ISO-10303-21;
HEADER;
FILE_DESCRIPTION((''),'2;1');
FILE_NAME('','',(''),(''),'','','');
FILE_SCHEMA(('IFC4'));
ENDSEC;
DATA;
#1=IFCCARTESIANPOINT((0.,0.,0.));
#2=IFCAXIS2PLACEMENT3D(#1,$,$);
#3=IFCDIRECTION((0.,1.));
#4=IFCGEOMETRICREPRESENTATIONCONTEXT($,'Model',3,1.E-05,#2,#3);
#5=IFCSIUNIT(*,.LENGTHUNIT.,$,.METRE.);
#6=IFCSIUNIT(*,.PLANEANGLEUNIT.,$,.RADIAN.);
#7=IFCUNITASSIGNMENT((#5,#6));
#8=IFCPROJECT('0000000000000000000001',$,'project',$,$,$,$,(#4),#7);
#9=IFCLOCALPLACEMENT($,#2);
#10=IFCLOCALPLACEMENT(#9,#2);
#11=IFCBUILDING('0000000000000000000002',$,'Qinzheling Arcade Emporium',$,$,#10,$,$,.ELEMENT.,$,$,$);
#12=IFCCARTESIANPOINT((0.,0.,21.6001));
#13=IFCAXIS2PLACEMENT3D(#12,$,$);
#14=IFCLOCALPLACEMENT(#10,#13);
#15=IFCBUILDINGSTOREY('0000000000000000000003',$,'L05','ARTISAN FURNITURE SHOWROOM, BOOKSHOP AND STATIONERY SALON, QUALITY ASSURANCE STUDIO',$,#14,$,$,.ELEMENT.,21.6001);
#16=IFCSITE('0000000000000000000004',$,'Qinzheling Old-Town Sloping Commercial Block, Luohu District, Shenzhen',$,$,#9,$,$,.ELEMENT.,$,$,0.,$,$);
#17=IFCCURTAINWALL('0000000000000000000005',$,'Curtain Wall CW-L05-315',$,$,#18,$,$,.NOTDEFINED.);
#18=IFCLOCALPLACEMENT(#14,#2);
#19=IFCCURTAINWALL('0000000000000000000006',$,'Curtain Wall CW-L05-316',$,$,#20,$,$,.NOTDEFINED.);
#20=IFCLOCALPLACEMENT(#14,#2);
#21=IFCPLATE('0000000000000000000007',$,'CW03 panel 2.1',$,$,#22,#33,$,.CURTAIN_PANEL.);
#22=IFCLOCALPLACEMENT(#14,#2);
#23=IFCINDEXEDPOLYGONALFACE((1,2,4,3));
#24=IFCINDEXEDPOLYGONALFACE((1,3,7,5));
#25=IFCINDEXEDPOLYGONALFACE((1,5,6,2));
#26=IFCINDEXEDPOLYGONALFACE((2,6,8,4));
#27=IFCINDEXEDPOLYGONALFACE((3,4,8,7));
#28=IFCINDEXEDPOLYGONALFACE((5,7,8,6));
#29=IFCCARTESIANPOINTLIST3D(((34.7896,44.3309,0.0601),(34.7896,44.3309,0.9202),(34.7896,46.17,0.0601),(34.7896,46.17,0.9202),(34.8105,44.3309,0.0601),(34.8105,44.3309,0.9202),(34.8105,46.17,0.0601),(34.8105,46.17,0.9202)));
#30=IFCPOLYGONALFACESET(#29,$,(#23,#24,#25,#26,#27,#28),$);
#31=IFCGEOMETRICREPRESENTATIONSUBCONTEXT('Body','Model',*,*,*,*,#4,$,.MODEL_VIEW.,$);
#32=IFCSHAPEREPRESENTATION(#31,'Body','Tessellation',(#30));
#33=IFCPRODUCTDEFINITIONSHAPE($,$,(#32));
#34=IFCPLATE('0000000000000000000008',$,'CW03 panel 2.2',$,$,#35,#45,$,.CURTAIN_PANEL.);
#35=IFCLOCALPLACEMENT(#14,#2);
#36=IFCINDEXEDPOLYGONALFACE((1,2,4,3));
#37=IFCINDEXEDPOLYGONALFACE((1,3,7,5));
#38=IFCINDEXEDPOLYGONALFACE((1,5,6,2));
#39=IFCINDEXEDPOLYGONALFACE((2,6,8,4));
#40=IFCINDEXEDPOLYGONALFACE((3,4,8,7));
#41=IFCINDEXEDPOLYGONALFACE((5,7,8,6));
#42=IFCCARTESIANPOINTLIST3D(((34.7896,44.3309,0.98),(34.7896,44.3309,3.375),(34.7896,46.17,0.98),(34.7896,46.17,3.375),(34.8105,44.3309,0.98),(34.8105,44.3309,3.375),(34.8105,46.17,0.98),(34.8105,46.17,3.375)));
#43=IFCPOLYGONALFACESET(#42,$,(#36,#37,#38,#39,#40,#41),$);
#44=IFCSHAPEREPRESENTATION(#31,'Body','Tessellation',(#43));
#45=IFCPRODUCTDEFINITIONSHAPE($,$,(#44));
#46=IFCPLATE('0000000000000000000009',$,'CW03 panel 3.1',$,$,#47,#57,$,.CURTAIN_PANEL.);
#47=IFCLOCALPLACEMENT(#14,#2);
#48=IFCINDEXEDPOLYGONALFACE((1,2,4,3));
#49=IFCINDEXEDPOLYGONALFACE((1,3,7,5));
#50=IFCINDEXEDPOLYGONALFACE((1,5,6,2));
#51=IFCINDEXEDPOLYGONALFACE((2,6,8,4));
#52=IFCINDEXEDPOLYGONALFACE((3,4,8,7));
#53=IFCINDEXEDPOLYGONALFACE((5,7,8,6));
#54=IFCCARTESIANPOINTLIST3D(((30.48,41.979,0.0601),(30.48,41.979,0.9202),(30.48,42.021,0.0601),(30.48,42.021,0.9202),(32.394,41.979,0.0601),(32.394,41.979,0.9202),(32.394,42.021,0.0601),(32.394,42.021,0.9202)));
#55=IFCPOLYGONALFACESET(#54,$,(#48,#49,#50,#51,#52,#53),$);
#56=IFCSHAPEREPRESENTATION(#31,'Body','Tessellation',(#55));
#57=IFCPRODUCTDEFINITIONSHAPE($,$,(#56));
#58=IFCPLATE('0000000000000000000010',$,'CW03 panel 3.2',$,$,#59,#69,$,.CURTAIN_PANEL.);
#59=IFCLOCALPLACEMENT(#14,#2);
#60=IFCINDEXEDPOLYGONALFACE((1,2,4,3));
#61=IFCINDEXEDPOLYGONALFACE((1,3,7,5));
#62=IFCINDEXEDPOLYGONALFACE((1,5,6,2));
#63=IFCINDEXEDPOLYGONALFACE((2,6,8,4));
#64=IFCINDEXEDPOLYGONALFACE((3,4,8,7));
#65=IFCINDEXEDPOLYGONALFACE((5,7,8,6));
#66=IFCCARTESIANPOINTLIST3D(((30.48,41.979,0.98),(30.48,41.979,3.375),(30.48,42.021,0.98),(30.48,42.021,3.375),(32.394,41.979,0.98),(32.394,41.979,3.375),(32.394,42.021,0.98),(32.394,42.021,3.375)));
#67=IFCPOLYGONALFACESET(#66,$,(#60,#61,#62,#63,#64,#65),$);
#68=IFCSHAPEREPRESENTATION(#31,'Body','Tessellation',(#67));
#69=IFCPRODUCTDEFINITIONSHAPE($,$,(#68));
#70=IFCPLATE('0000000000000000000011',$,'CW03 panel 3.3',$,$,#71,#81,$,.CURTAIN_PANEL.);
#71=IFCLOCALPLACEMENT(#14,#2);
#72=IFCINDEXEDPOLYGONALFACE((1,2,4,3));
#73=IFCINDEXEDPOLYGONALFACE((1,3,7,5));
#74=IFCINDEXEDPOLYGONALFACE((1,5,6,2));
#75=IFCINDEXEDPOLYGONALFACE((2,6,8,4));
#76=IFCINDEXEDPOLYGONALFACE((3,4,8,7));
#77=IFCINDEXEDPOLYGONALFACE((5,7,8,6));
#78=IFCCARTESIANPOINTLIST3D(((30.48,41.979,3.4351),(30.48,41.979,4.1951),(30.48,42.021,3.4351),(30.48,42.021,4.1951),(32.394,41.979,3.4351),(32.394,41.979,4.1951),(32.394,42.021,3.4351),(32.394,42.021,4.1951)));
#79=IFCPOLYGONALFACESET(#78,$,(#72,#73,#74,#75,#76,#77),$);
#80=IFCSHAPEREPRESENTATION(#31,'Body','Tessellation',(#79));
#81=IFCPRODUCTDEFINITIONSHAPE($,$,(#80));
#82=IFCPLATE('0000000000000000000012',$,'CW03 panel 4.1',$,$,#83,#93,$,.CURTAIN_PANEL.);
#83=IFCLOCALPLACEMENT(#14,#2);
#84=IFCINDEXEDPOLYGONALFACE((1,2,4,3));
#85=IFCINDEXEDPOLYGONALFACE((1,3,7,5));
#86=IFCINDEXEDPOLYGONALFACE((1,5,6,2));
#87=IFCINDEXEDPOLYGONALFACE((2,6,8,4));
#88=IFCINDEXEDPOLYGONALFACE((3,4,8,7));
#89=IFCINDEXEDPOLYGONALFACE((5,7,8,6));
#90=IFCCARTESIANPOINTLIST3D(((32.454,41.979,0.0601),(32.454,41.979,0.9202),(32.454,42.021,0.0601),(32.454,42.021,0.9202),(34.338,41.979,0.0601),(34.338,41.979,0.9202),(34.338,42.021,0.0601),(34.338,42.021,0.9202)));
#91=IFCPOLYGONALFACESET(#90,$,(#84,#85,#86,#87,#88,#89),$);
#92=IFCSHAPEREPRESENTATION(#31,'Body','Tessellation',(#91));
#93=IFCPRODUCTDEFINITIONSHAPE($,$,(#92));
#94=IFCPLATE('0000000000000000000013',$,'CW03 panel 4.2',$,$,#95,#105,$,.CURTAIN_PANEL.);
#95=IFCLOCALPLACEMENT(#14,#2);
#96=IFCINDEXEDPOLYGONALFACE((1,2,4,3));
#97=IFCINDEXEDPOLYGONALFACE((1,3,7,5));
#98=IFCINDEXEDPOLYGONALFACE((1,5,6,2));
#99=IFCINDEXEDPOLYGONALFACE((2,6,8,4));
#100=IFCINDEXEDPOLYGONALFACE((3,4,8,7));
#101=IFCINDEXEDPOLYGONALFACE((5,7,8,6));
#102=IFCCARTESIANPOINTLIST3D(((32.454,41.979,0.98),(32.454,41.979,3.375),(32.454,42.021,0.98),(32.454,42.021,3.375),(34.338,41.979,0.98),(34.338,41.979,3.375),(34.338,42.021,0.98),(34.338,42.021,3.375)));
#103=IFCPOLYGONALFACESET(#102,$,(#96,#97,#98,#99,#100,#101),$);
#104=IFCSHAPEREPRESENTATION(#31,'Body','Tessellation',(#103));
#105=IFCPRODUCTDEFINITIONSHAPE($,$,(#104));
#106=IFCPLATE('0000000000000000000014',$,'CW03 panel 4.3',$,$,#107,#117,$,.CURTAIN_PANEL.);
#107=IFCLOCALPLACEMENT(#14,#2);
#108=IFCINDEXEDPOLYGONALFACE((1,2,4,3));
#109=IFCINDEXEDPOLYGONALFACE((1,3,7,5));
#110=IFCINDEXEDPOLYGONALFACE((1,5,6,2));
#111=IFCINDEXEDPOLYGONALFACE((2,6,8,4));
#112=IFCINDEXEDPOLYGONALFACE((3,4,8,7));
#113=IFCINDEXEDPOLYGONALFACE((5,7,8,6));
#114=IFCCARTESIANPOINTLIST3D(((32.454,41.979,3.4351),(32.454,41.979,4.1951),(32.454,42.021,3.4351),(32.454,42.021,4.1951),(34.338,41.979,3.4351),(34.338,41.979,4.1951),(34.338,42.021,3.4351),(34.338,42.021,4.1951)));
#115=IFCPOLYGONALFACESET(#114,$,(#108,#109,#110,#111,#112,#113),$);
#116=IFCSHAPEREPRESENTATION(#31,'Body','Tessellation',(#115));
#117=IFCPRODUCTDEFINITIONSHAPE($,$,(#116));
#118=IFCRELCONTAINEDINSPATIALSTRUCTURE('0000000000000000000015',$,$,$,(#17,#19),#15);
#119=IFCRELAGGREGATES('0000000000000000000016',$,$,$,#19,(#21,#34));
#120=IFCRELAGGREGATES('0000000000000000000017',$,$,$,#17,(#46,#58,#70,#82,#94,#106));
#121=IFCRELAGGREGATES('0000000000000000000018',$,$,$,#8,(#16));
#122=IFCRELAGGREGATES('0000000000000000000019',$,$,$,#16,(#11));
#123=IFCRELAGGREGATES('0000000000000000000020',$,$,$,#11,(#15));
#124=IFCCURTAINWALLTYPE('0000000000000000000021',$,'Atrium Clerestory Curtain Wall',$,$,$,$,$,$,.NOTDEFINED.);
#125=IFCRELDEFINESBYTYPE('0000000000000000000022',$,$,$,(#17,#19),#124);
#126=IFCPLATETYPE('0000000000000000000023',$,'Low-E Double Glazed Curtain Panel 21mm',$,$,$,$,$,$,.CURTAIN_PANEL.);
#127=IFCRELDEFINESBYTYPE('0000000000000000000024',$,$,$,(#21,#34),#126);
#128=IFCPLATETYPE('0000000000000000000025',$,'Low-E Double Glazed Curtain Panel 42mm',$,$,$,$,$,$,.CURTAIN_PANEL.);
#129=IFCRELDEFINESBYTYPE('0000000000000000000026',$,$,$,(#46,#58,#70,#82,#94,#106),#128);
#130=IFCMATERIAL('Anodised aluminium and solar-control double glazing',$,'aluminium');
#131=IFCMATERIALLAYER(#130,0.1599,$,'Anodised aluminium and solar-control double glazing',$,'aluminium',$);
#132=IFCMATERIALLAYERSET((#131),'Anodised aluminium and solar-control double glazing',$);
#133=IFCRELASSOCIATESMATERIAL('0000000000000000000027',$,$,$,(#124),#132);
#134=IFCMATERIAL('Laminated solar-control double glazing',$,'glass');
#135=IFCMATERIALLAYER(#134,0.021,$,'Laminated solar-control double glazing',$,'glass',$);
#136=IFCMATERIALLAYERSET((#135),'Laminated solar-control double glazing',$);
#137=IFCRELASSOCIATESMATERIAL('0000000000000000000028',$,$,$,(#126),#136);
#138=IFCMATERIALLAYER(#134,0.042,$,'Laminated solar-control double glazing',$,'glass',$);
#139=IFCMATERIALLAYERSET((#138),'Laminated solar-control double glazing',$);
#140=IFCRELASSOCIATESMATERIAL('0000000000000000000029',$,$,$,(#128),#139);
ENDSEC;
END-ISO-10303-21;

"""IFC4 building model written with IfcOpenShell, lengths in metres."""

from ifc_helpers import new_model, si_unit, direction, frame, origin, origin_2d, place, context, subcontext, project, spatial, rectangle, extrude, material, layer, layer_set, type_object, element, aggregate, save


model = new_model("IFC4")

# Units and contexts
model_context = context("Model", 3, precision=1e-05, world=origin(), true_north=direction((0.0, 1.0)))
body_context = subcontext(model_context, "Body", "Model", "MODEL_VIEW")
ifc_project = project(units=[si_unit("LENGTHUNIT", "METRE"), si_unit("PLANEANGLEUNIT", "RADIAN")], contexts=[model_context])

# Site, building, storey
site_placement = place(None, origin())
site = spatial("IfcSite", under=ifc_project, at=site_placement, Name="Qinzheling Old-Town Sloping Commercial Block, Luohu District, Shenzhen", CompositionType="ELEMENT", RefElevation=0.0)
building_placement = place(site_placement, origin())
building = spatial("IfcBuilding", under=site, at=building_placement, Name="Qinzheling Arcade Emporium", CompositionType="ELEMENT")
storey_placement = place(building_placement, frame((0.0, 0.0, 21.6001)))
storey = spatial("IfcBuildingStorey", under=building, at=storey_placement, Name="L05", Description="ARTISAN FURNITURE SHOWROOM, BOOKSHOP AND STATIONERY SALON, QUALITY ASSURANCE STUDIO", CompositionType="ELEMENT", Elevation=21.6001)

# Curtain walls
ifc_material_1 = material(Name="Anodised aluminium and solar-control double glazing", Category="aluminium")
ifc_layer_1 = layer(ifc_material_1, 0.1599, Name="Anodised aluminium and solar-control double glazing", Category="aluminium")
ifc_layer_set_1 = layer_set([ifc_layer_1], Name="Anodised aluminium and solar-control double glazing")
curtain_wall_type = type_object("IfcCurtainWallType", Name="Atrium Clerestory Curtain Wall", PredefinedType="NOTDEFINED", material=ifc_layer_set_1)
curtain_wall_1_placement = place(storey_placement, origin())
curtain_wall_1 = element("IfcCurtainWall", 1, at=curtain_wall_1_placement, inside=storey, type_object=curtain_wall_type, Name="Curtain Wall CW-L05-315", PredefinedType="NOTDEFINED")
curtain_wall_2_placement = place(storey_placement, origin())
curtain_wall_2 = element("IfcCurtainWall", 2, at=curtain_wall_2_placement, inside=storey, type_object=curtain_wall_type, Name="Curtain Wall CW-L05-316", PredefinedType="NOTDEFINED")

# Plates
ifc_material_2 = material(Name="Laminated solar-control double glazing", Category="glass")
ifc_layer_2 = layer(ifc_material_2, 0.021, Name="Laminated solar-control double glazing", Category="glass")
ifc_layer_set_2 = layer_set([ifc_layer_2], Name="Laminated solar-control double glazing")
plate_type_1 = type_object("IfcPlateType", Name="Low-E Double Glazed Curtain Panel 21mm", PredefinedType="CURTAIN_PANEL", material=ifc_layer_set_2)
plate_1_placement = place(storey_placement, frame((34.8, 45.2505, 0.0601), z_axis=(0.0, 0.0, 1.0), x_axis=(0.0, 1.0, 0.0)))
plate_1 = element("IfcPlate", 3, at=plate_1_placement, type_object=plate_type_1, Name="CW03 panel 2.1", PredefinedType="CURTAIN_PANEL", context=body_context, shape_type="SweptSolid", body=[
    extrude(rectangle(XDim=1.8391, YDim=0.021, at=origin_2d()), origin(), (0.0, 0.0, 1.0), 0.8601),
])
plate_2_placement = place(storey_placement, frame((34.8, 45.2505, 0.98), z_axis=(0.0, 0.0, 1.0), x_axis=(0.0, 1.0, 0.0)))
plate_2 = element("IfcPlate", 4, at=plate_2_placement, type_object=plate_type_1, Name="CW03 panel 2.2", PredefinedType="CURTAIN_PANEL", context=body_context, shape_type="SweptSolid", body=[
    extrude(rectangle(XDim=1.8391, YDim=0.021, at=origin_2d()), origin(), (0.0, 0.0, 1.0), 2.395),
])
aggregate(curtain_wall_2, [plate_1, plate_2])
ifc_layer_3 = layer(ifc_material_2, 0.042, Name="Laminated solar-control double glazing", Category="glass")
ifc_layer_set_3 = layer_set([ifc_layer_3], Name="Laminated solar-control double glazing")
plate_type_2 = type_object("IfcPlateType", Name="Low-E Double Glazed Curtain Panel 42mm", PredefinedType="CURTAIN_PANEL", material=ifc_layer_set_3)
plate_3_placement = place(storey_placement, frame((31.437, 42.0, 0.0601), z_axis=(0.0, 0.0, 1.0), x_axis=(1.0, 0.0, 0.0)))
plate_3 = element("IfcPlate", 5, at=plate_3_placement, type_object=plate_type_2, Name="CW03 panel 3.1", PredefinedType="CURTAIN_PANEL", context=body_context, shape_type="SweptSolid", body=[
    extrude(rectangle(XDim=1.9141, YDim=0.042, at=origin_2d()), origin(), (0.0, 0.0, 1.0), 0.8601),
])
plate_4_placement = place(storey_placement, frame((31.437, 42.0, 0.98), z_axis=(0.0, 0.0, 1.0), x_axis=(1.0, 0.0, 0.0)))
plate_4 = element("IfcPlate", 6, at=plate_4_placement, type_object=plate_type_2, Name="CW03 panel 3.2", PredefinedType="CURTAIN_PANEL", context=body_context, shape_type="SweptSolid", body=[
    extrude(rectangle(XDim=1.9141, YDim=0.042, at=origin_2d()), origin(), (0.0, 0.0, 1.0), 2.395),
])
plate_5_placement = place(storey_placement, frame((31.437, 42.0, 3.4351), z_axis=(0.0, 0.0, 1.0), x_axis=(1.0, 0.0, 0.0)))
plate_5 = element("IfcPlate", 7, at=plate_5_placement, type_object=plate_type_2, Name="CW03 panel 3.3", PredefinedType="CURTAIN_PANEL", context=body_context, shape_type="SweptSolid", body=[
    extrude(rectangle(XDim=1.9141, YDim=0.042, at=origin_2d()), origin(), (0.0, 0.0, 1.0), 0.76),
])
plate_6_placement = place(storey_placement, frame((33.396, 42.0, 0.0601), z_axis=(0.0, 0.0, 1.0), x_axis=(1.0, 0.0, 0.0)))
plate_6 = element("IfcPlate", 8, at=plate_6_placement, type_object=plate_type_2, Name="CW03 panel 4.1", PredefinedType="CURTAIN_PANEL", context=body_context, shape_type="SweptSolid", body=[
    extrude(rectangle(XDim=1.884, YDim=0.042, at=origin_2d()), origin(), (0.0, 0.0, 1.0), 0.8601),
])
plate_7_placement = place(storey_placement, frame((33.396, 42.0, 0.98), z_axis=(0.0, 0.0, 1.0), x_axis=(1.0, 0.0, 0.0)))
plate_7 = element("IfcPlate", 9, at=plate_7_placement, type_object=plate_type_2, Name="CW03 panel 4.2", PredefinedType="CURTAIN_PANEL", context=body_context, shape_type="SweptSolid", body=[
    extrude(rectangle(XDim=1.884, YDim=0.042, at=origin_2d()), origin(), (0.0, 0.0, 1.0), 2.395),
])
plate_8_placement = place(storey_placement, frame((33.396, 42.0, 3.4351), z_axis=(0.0, 0.0, 1.0), x_axis=(1.0, 0.0, 0.0)))
plate_8 = element("IfcPlate", 10, at=plate_8_placement, type_object=plate_type_2, Name="CW03 panel 4.3", PredefinedType="CURTAIN_PANEL", context=body_context, shape_type="SweptSolid", body=[
    extrude(rectangle(XDim=1.884, YDim=0.042, at=origin_2d()), origin(), (0.0, 0.0, 1.0), 0.76),
])
aggregate(curtain_wall_1, [plate_3, plate_4, plate_5, plate_6, plate_7, plate_8])

save(model, "model.ifc")
